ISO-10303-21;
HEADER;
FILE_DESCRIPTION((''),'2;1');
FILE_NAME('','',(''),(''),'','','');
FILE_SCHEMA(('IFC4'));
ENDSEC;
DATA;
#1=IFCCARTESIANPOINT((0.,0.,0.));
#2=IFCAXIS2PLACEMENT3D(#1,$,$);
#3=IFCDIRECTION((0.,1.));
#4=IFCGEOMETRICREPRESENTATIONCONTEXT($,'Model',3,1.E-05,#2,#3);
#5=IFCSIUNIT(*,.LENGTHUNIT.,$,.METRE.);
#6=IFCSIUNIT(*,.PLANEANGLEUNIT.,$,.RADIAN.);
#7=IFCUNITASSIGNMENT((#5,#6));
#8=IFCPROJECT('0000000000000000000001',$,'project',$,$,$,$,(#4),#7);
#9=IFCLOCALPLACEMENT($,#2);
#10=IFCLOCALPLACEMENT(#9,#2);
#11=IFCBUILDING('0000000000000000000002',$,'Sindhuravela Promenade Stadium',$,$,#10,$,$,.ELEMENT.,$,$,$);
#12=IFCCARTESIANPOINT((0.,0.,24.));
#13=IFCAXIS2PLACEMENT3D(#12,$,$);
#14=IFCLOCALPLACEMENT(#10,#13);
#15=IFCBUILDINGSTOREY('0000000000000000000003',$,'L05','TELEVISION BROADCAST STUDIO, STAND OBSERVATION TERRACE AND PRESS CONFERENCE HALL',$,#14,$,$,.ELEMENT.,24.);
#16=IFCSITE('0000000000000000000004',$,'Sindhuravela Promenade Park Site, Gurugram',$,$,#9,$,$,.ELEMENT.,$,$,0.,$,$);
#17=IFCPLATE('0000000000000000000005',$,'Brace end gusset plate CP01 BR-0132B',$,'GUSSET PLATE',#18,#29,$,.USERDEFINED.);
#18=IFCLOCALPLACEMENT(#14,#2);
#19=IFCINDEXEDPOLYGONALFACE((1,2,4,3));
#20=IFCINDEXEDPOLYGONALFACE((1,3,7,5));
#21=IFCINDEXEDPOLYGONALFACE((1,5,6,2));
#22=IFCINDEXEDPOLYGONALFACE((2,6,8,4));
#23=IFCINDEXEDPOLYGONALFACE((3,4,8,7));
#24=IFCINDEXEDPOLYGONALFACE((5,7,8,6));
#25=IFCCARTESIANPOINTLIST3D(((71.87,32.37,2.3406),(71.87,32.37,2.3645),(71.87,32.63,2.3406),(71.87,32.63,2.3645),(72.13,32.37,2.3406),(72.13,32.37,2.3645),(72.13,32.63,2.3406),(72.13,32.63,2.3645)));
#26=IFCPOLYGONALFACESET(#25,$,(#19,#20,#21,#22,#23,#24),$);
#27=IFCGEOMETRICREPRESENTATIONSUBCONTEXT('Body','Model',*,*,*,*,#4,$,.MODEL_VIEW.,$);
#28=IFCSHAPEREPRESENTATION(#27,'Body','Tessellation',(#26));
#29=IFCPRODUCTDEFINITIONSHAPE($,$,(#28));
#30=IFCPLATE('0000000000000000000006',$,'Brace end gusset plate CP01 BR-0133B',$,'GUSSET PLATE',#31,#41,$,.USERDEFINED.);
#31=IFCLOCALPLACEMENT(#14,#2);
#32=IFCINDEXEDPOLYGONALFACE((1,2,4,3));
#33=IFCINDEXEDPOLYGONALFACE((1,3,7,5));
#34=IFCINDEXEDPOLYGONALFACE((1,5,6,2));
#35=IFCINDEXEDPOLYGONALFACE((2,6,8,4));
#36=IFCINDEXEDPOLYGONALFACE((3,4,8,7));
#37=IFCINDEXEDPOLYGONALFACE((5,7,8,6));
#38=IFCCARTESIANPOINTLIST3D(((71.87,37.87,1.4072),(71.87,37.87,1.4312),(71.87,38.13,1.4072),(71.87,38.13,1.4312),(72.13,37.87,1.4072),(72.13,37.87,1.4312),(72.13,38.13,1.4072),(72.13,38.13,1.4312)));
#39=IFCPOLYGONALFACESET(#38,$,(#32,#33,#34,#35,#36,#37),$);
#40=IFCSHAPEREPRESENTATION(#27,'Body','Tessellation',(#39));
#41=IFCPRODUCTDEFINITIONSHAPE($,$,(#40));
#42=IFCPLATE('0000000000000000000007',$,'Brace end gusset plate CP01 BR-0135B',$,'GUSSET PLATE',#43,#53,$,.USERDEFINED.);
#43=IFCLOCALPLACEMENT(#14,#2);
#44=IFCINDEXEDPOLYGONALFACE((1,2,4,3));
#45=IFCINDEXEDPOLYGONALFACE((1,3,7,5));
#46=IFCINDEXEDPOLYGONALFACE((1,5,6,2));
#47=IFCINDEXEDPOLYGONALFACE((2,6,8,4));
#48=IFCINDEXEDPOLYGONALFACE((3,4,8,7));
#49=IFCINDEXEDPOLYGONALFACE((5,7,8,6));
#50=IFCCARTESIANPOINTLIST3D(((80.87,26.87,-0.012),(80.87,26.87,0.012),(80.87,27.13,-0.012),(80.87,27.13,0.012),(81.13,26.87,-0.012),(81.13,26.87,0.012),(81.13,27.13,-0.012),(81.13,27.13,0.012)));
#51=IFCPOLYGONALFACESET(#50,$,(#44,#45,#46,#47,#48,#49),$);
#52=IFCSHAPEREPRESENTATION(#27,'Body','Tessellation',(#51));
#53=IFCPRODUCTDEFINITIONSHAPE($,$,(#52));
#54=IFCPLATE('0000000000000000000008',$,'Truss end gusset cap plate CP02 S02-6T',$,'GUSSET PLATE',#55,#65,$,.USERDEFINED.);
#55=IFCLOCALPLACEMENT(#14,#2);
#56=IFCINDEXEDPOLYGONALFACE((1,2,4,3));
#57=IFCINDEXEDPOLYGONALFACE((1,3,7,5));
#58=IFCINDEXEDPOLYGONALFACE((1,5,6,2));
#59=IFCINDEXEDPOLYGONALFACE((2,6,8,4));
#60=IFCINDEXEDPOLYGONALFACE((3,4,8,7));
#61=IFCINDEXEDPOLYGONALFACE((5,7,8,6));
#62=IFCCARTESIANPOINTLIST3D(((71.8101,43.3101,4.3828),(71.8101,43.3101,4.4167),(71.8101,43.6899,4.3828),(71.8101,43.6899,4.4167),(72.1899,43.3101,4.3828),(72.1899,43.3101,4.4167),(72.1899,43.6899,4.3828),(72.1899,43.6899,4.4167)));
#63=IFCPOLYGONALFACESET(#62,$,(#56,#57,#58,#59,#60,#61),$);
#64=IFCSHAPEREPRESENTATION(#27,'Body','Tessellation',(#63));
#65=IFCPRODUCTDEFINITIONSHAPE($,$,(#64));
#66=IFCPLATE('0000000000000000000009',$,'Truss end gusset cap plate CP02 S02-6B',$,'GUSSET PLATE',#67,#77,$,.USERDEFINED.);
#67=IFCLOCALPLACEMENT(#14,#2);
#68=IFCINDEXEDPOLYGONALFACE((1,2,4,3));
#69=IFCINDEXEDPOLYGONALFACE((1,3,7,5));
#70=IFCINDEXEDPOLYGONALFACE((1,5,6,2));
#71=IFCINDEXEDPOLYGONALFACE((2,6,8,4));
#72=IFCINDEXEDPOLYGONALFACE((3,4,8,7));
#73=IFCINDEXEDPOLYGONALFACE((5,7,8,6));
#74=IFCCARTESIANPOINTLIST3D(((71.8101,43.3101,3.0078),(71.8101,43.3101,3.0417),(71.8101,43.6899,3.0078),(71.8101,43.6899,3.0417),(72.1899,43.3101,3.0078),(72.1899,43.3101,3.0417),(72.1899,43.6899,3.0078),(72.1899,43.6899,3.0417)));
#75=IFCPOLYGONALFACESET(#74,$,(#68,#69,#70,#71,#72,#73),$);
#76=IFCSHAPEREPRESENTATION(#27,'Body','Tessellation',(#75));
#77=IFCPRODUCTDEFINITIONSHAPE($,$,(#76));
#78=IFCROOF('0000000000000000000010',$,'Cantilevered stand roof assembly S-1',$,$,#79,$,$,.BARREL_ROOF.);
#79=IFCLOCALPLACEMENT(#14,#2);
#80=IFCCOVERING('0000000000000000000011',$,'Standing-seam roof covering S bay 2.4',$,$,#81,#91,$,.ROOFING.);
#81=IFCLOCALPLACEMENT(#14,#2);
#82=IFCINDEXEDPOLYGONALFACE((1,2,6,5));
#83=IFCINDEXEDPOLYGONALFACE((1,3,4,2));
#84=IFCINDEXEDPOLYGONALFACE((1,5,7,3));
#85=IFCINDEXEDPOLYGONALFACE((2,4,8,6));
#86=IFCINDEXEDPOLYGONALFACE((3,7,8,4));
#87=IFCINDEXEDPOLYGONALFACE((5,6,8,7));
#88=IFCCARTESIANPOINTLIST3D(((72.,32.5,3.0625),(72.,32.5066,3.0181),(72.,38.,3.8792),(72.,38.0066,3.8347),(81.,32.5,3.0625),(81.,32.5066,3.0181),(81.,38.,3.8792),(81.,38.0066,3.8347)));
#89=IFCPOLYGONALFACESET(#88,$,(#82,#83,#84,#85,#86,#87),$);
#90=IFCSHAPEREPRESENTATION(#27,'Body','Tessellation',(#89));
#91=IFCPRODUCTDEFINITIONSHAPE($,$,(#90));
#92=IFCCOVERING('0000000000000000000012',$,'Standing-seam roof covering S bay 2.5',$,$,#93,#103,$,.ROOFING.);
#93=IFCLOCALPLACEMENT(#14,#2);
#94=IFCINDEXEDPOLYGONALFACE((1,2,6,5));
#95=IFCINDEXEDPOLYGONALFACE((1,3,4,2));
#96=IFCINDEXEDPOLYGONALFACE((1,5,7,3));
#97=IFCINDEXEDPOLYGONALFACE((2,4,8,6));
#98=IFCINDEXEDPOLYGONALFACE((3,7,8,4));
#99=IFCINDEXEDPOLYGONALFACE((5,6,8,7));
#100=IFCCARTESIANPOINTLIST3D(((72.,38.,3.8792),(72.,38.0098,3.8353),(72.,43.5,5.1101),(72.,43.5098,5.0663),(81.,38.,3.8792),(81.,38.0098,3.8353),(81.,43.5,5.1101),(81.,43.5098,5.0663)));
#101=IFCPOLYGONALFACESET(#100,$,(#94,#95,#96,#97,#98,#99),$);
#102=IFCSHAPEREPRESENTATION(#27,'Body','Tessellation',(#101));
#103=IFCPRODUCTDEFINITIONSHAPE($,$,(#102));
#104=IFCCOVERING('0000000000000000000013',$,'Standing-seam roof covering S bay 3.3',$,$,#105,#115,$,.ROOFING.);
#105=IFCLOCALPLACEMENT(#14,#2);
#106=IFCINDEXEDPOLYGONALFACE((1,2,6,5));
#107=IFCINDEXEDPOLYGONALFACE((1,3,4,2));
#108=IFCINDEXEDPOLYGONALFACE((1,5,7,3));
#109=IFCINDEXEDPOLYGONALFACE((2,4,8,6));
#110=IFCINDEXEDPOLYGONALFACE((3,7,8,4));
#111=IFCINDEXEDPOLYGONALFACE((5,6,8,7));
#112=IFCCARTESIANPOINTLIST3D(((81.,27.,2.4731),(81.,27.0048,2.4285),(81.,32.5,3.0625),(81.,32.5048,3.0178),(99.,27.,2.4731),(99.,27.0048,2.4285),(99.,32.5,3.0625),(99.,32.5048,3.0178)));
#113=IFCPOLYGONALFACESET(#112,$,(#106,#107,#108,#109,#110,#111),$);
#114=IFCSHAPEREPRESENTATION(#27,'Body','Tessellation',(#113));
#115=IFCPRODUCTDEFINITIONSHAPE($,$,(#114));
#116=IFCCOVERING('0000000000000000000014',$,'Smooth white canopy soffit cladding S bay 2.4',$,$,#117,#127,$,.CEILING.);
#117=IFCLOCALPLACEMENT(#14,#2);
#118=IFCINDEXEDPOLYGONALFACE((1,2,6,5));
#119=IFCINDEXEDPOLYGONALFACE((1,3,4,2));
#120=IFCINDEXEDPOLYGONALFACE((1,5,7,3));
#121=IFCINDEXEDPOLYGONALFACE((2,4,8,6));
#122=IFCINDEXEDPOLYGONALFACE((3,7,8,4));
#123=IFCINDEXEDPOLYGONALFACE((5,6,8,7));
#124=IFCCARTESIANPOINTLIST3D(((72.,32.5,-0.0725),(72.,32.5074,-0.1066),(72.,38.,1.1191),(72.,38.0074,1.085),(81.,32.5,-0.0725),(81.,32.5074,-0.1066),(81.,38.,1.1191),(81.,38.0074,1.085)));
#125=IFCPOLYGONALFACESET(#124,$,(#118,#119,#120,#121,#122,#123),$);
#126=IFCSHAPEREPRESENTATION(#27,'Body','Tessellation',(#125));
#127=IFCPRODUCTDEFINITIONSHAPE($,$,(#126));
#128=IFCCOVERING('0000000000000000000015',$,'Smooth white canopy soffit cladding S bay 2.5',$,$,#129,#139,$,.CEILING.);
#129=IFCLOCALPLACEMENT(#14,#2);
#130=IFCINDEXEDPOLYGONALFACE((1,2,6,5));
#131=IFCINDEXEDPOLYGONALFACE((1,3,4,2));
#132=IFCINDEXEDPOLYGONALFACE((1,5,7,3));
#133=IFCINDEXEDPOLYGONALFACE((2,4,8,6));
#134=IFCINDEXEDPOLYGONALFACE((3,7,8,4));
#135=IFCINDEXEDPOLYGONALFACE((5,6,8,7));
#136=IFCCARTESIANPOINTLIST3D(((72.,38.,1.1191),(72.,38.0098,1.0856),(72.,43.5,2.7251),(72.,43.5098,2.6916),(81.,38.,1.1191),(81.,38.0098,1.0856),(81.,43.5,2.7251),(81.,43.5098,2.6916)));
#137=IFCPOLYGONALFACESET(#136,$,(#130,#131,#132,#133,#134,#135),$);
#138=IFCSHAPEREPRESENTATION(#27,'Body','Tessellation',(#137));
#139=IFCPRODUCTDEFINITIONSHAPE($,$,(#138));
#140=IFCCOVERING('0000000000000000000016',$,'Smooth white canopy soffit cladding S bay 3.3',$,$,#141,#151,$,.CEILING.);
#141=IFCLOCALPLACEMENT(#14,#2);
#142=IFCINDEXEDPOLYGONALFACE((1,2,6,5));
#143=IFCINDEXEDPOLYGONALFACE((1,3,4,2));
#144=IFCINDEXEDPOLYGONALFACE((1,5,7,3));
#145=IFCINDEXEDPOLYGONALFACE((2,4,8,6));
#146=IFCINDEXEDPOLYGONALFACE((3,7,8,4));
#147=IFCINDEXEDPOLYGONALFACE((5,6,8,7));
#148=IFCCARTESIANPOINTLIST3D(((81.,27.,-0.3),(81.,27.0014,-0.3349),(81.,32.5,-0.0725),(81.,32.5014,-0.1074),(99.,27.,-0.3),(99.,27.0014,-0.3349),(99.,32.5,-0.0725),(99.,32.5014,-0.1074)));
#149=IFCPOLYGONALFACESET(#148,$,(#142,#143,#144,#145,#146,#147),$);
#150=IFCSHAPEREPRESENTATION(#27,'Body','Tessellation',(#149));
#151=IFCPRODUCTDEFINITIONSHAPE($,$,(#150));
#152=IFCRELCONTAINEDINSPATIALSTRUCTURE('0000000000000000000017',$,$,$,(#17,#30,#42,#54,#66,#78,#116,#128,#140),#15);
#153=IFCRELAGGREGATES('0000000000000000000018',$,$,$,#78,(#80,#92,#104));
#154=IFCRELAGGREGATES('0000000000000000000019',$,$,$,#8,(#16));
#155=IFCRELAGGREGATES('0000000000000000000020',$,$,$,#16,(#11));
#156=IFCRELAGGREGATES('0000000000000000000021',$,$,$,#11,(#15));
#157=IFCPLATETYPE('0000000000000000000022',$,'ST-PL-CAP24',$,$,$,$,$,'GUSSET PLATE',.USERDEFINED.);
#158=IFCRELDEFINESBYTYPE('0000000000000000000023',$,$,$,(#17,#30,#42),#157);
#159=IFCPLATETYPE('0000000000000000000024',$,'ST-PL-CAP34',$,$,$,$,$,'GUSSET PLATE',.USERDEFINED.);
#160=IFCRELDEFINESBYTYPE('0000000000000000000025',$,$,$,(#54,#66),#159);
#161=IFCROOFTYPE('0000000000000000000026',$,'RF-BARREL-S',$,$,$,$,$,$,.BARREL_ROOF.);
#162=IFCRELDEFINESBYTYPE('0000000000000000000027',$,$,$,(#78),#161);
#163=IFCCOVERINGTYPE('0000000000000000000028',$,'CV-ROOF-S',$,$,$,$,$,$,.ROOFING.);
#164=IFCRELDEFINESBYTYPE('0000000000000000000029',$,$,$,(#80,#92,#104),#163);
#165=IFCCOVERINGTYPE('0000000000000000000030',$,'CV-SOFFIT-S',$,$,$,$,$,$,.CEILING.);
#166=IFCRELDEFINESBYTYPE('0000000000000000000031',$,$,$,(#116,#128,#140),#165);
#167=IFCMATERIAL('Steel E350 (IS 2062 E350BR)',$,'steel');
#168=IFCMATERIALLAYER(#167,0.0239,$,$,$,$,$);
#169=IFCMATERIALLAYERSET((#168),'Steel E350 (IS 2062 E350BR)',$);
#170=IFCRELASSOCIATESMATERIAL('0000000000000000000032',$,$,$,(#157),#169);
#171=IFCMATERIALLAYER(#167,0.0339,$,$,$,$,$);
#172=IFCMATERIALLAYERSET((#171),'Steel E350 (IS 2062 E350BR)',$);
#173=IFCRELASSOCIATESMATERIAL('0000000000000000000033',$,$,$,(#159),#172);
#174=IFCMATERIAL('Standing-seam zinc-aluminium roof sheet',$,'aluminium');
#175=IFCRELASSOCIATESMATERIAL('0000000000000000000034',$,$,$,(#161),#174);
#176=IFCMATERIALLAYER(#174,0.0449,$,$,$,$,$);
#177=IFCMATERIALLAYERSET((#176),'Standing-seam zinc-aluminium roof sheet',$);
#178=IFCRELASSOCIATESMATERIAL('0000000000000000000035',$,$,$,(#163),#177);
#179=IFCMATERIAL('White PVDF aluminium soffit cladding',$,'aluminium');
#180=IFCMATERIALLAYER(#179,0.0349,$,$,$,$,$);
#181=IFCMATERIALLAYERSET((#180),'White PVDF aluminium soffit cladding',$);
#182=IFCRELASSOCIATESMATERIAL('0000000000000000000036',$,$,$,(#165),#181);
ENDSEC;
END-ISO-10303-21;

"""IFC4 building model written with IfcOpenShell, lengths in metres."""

from ifc_helpers import new_model, si_unit, direction, frame, origin, origin_2d, place, context, subcontext, project, spatial, polyline, rectangle, outline, extrude, material, layer, layer_set, type_object, element, aggregate, save


model = new_model("IFC4")

# Units and contexts
model_context = context("Model", 3, precision=1e-05, world=origin(), true_north=direction((0.0, 1.0)))
body_context = subcontext(model_context, "Body", "Model", "MODEL_VIEW")
ifc_project = project(units=[si_unit("LENGTHUNIT", "METRE"), si_unit("PLANEANGLEUNIT", "RADIAN")], contexts=[model_context])

# Site, building, storey
site_placement = place(None, origin())
site = spatial("IfcSite", under=ifc_project, at=site_placement, Name="Sindhuravela Promenade Park Site, Gurugram", CompositionType="ELEMENT", RefElevation=0.0)
building_placement = place(site_placement, origin())
building = spatial("IfcBuilding", under=site, at=building_placement, Name="Sindhuravela Promenade Stadium", CompositionType="ELEMENT")
storey_placement = place(building_placement, frame((0.0, 0.0, 24.0)))
storey = spatial("IfcBuildingStorey", under=building, at=storey_placement, Name="L05", Description="TELEVISION BROADCAST STUDIO, STAND OBSERVATION TERRACE AND PRESS CONFERENCE HALL", CompositionType="ELEMENT", Elevation=24.0)

# Shared definitions
ifc_material_1 = material(Name="Steel E350 (IS 2062 E350BR)", Category="steel")

# Plates
ifc_layer_1 = layer(ifc_material_1, 0.0239)
ifc_layer_set_1 = layer_set([ifc_layer_1], Name="Steel E350 (IS 2062 E350BR)")
plate_type_1 = type_object("IfcPlateType", Name="ST-PL-CAP24", ElementType="GUSSET PLATE", PredefinedType="USERDEFINED", material=ifc_layer_set_1)
for number, where, z_axis, x_axis, name in (
    (1, (72.0, 32.5, 2.3406), (0.0, 0.0, 1.0), (1.0, 0.0, 0.0), "Brace end gusset plate CP01 BR-0132B"),
    (2, (72.0, 38.0, 1.4072), (0.0, 0.0, 1.0), (1.0, 0.0, 0.0), "Brace end gusset plate CP01 BR-0133B"),
    (3, (81.0, 27.0, -0.012), (0.0, 0.0, 1.0), (1.0, 0.0, 0.0), "Brace end gusset plate CP01 BR-0135B"),
):
    element("IfcPlate", number, at=place(storey_placement, frame(where, z_axis=z_axis, x_axis=x_axis)), inside=storey, type_object=plate_type_1, Name=name, ObjectType="GUSSET PLATE", PredefinedType="USERDEFINED", context=body_context, shape_type="SweptSolid", body=[
        extrude(rectangle(XDim=0.26, YDim=0.26, at=origin_2d()), origin(), (0.0, 0.0, 1.0), 0.0239),
    ])
ifc_layer_2 = layer(ifc_material_1, 0.0339)
ifc_layer_set_2 = layer_set([ifc_layer_2], Name="Steel E350 (IS 2062 E350BR)")
plate_type_2 = type_object("IfcPlateType", Name="ST-PL-CAP34", ElementType="GUSSET PLATE", PredefinedType="USERDEFINED", material=ifc_layer_set_2)
for number, where, z_axis, x_axis, name in (
    (4, (72.0, 43.5, 4.3828), (0.0, 0.0, 1.0), (1.0, 0.0, 0.0), "Truss end gusset cap plate CP02 S02-6T"),
    (5, (72.0, 43.5, 3.0078), (0.0, 0.0, 1.0), (1.0, 0.0, 0.0), "Truss end gusset cap plate CP02 S02-6B"),
):
    element("IfcPlate", number, at=place(storey_placement, frame(where, z_axis=z_axis, x_axis=x_axis)), inside=storey, type_object=plate_type_2, Name=name, ObjectType="GUSSET PLATE", PredefinedType="USERDEFINED", context=body_context, shape_type="SweptSolid", body=[
        extrude(rectangle(XDim=0.3799, YDim=0.3799, at=origin_2d()), origin(), (0.0, 0.0, 1.0), 0.0339),
    ])

# Roof, coverings
ifc_material_2 = material(Name="Standing-seam zinc-aluminium roof sheet", Category="aluminium")
roof_type = type_object("IfcRoofType", Name="RF-BARREL-S", PredefinedType="BARREL_ROOF", material=ifc_material_2)
roof_placement = place(storey_placement, origin())
roof = element("IfcRoof", 6, at=roof_placement, inside=storey, type_object=roof_type, Name="Cantilevered stand roof assembly S-1", PredefinedType="BARREL_ROOF")
ifc_layer_3 = layer(ifc_material_2, 0.0449)
ifc_layer_set_3 = layer_set([ifc_layer_3], Name="Standing-seam zinc-aluminium roof sheet")
covering_type_1 = type_object("IfcCoveringType", Name="CV-ROOF-S", PredefinedType="ROOFING", material=ifc_layer_set_3)
covering_1_placement = place(storey_placement, frame((72.0, 32.5, 3.0625), z_axis=(0.0, -0.146872, 0.989156), x_axis=(1.0, 0.0, 0.0)))
covering_1 = element("IfcCovering", 7, at=covering_1_placement, type_object=covering_type_1, Name="Standing-seam roof covering S bay 2.4", PredefinedType="ROOFING", context=body_context, shape_type="SweptSolid", body=[
    extrude(outline(polyline([(0.0, 0.0), (9.0, 0.0), (9.0, 5.5603), (0.0, 5.5603), (0.0, 0.0)])), origin(), (0.0, 0.0, -1.0), 0.0449),
])
covering_2_placement = place(storey_placement, frame((72.0, 38.0, 3.8792), z_axis=(0.0, -0.218407, 0.975858), x_axis=(1.0, 0.0, 0.0)))
covering_2 = element("IfcCovering", 8, at=covering_2_placement, type_object=covering_type_1, Name="Standing-seam roof covering S bay 2.5", PredefinedType="ROOFING", context=body_context, shape_type="SweptSolid", body=[
    extrude(outline(polyline([(0.0, 0.0), (9.0, 0.0), (9.0, 5.6361), (0.0, 5.6361), (0.0, 0.0)])), origin(), (0.0, 0.0, -1.0), 0.0449),
])
covering_3_placement = place(storey_placement, frame((81.0, 27.0, 2.4731), z_axis=(0.0, -0.106546, 0.994308), x_axis=(1.0, 0.0, 0.0)))
covering_3 = element("IfcCovering", 9, at=covering_3_placement, type_object=covering_type_1, Name="Standing-seam roof covering S bay 3.3", PredefinedType="ROOFING", context=body_context, shape_type="SweptSolid", body=[
    extrude(outline(polyline([(0.0, 0.0), (18.0, 0.0), (18.0, 5.5315), (0.0, 5.5315), (0.0, 0.0)])), origin(), (0.0, 0.0, -1.0), 0.0449),
])
aggregate(roof, [covering_1, covering_2, covering_3])

# Coverings
ifc_material_3 = material(Name="White PVDF aluminium soffit cladding", Category="aluminium")
ifc_layer_4 = layer(ifc_material_3, 0.0349)
ifc_layer_set_4 = layer_set([ifc_layer_4], Name="White PVDF aluminium soffit cladding")
covering_type_2 = type_object("IfcCoveringType", Name="CV-SOFFIT-S", PredefinedType="CEILING", material=ifc_layer_set_4)
covering_4_placement = place(storey_placement, frame((72.0, 32.5, -0.0725), z_axis=(0.0, -0.211751, 0.977324), x_axis=(1.0, 0.0, 0.0)))
element("IfcCovering", 10, at=covering_4_placement, inside=storey, type_object=covering_type_2, Name="Smooth white canopy soffit cladding S bay 2.4", PredefinedType="CEILING", context=body_context, shape_type="SweptSolid", body=[
    extrude(outline(polyline([(0.0, 0.0), (9.0, 0.0), (9.0, 5.6276), (0.0, 5.6276), (0.0, 0.0)])), origin(), (0.0, 0.0, -1.0), 0.0349),
])
covering_5_placement = place(storey_placement, frame((72.0, 38.0, 1.1191), z_axis=(0.0, -0.280288, 0.959916), x_axis=(1.0, 0.0, 0.0)))
element("IfcCovering", 11, at=covering_5_placement, inside=storey, type_object=covering_type_2, Name="Smooth white canopy soffit cladding S bay 2.5", PredefinedType="CEILING", context=body_context, shape_type="SweptSolid", body=[
    extrude(outline(polyline([(0.0, 0.0), (9.0, 0.0), (9.0, 5.7297), (0.0, 5.7297), (0.0, 0.0)])), origin(), (0.0, 0.0, -1.0), 0.0349),
])
covering_6_placement = place(storey_placement, frame((81.0, 27.0, -0.3), z_axis=(0.0, -0.041335, 0.999145), x_axis=(1.0, 0.0, 0.0)))
element("IfcCovering", 12, at=covering_6_placement, inside=storey, type_object=covering_type_2, Name="Smooth white canopy soffit cladding S bay 3.3", PredefinedType="CEILING", context=body_context, shape_type="SweptSolid", body=[
    extrude(outline(polyline([(0.0, 0.0), (18.0, 0.0), (18.0, 5.5047), (0.0, 5.5047), (0.0, 0.0)])), origin(), (0.0, 0.0, -1.0), 0.0349),
])

save(model, "model.ifc")
